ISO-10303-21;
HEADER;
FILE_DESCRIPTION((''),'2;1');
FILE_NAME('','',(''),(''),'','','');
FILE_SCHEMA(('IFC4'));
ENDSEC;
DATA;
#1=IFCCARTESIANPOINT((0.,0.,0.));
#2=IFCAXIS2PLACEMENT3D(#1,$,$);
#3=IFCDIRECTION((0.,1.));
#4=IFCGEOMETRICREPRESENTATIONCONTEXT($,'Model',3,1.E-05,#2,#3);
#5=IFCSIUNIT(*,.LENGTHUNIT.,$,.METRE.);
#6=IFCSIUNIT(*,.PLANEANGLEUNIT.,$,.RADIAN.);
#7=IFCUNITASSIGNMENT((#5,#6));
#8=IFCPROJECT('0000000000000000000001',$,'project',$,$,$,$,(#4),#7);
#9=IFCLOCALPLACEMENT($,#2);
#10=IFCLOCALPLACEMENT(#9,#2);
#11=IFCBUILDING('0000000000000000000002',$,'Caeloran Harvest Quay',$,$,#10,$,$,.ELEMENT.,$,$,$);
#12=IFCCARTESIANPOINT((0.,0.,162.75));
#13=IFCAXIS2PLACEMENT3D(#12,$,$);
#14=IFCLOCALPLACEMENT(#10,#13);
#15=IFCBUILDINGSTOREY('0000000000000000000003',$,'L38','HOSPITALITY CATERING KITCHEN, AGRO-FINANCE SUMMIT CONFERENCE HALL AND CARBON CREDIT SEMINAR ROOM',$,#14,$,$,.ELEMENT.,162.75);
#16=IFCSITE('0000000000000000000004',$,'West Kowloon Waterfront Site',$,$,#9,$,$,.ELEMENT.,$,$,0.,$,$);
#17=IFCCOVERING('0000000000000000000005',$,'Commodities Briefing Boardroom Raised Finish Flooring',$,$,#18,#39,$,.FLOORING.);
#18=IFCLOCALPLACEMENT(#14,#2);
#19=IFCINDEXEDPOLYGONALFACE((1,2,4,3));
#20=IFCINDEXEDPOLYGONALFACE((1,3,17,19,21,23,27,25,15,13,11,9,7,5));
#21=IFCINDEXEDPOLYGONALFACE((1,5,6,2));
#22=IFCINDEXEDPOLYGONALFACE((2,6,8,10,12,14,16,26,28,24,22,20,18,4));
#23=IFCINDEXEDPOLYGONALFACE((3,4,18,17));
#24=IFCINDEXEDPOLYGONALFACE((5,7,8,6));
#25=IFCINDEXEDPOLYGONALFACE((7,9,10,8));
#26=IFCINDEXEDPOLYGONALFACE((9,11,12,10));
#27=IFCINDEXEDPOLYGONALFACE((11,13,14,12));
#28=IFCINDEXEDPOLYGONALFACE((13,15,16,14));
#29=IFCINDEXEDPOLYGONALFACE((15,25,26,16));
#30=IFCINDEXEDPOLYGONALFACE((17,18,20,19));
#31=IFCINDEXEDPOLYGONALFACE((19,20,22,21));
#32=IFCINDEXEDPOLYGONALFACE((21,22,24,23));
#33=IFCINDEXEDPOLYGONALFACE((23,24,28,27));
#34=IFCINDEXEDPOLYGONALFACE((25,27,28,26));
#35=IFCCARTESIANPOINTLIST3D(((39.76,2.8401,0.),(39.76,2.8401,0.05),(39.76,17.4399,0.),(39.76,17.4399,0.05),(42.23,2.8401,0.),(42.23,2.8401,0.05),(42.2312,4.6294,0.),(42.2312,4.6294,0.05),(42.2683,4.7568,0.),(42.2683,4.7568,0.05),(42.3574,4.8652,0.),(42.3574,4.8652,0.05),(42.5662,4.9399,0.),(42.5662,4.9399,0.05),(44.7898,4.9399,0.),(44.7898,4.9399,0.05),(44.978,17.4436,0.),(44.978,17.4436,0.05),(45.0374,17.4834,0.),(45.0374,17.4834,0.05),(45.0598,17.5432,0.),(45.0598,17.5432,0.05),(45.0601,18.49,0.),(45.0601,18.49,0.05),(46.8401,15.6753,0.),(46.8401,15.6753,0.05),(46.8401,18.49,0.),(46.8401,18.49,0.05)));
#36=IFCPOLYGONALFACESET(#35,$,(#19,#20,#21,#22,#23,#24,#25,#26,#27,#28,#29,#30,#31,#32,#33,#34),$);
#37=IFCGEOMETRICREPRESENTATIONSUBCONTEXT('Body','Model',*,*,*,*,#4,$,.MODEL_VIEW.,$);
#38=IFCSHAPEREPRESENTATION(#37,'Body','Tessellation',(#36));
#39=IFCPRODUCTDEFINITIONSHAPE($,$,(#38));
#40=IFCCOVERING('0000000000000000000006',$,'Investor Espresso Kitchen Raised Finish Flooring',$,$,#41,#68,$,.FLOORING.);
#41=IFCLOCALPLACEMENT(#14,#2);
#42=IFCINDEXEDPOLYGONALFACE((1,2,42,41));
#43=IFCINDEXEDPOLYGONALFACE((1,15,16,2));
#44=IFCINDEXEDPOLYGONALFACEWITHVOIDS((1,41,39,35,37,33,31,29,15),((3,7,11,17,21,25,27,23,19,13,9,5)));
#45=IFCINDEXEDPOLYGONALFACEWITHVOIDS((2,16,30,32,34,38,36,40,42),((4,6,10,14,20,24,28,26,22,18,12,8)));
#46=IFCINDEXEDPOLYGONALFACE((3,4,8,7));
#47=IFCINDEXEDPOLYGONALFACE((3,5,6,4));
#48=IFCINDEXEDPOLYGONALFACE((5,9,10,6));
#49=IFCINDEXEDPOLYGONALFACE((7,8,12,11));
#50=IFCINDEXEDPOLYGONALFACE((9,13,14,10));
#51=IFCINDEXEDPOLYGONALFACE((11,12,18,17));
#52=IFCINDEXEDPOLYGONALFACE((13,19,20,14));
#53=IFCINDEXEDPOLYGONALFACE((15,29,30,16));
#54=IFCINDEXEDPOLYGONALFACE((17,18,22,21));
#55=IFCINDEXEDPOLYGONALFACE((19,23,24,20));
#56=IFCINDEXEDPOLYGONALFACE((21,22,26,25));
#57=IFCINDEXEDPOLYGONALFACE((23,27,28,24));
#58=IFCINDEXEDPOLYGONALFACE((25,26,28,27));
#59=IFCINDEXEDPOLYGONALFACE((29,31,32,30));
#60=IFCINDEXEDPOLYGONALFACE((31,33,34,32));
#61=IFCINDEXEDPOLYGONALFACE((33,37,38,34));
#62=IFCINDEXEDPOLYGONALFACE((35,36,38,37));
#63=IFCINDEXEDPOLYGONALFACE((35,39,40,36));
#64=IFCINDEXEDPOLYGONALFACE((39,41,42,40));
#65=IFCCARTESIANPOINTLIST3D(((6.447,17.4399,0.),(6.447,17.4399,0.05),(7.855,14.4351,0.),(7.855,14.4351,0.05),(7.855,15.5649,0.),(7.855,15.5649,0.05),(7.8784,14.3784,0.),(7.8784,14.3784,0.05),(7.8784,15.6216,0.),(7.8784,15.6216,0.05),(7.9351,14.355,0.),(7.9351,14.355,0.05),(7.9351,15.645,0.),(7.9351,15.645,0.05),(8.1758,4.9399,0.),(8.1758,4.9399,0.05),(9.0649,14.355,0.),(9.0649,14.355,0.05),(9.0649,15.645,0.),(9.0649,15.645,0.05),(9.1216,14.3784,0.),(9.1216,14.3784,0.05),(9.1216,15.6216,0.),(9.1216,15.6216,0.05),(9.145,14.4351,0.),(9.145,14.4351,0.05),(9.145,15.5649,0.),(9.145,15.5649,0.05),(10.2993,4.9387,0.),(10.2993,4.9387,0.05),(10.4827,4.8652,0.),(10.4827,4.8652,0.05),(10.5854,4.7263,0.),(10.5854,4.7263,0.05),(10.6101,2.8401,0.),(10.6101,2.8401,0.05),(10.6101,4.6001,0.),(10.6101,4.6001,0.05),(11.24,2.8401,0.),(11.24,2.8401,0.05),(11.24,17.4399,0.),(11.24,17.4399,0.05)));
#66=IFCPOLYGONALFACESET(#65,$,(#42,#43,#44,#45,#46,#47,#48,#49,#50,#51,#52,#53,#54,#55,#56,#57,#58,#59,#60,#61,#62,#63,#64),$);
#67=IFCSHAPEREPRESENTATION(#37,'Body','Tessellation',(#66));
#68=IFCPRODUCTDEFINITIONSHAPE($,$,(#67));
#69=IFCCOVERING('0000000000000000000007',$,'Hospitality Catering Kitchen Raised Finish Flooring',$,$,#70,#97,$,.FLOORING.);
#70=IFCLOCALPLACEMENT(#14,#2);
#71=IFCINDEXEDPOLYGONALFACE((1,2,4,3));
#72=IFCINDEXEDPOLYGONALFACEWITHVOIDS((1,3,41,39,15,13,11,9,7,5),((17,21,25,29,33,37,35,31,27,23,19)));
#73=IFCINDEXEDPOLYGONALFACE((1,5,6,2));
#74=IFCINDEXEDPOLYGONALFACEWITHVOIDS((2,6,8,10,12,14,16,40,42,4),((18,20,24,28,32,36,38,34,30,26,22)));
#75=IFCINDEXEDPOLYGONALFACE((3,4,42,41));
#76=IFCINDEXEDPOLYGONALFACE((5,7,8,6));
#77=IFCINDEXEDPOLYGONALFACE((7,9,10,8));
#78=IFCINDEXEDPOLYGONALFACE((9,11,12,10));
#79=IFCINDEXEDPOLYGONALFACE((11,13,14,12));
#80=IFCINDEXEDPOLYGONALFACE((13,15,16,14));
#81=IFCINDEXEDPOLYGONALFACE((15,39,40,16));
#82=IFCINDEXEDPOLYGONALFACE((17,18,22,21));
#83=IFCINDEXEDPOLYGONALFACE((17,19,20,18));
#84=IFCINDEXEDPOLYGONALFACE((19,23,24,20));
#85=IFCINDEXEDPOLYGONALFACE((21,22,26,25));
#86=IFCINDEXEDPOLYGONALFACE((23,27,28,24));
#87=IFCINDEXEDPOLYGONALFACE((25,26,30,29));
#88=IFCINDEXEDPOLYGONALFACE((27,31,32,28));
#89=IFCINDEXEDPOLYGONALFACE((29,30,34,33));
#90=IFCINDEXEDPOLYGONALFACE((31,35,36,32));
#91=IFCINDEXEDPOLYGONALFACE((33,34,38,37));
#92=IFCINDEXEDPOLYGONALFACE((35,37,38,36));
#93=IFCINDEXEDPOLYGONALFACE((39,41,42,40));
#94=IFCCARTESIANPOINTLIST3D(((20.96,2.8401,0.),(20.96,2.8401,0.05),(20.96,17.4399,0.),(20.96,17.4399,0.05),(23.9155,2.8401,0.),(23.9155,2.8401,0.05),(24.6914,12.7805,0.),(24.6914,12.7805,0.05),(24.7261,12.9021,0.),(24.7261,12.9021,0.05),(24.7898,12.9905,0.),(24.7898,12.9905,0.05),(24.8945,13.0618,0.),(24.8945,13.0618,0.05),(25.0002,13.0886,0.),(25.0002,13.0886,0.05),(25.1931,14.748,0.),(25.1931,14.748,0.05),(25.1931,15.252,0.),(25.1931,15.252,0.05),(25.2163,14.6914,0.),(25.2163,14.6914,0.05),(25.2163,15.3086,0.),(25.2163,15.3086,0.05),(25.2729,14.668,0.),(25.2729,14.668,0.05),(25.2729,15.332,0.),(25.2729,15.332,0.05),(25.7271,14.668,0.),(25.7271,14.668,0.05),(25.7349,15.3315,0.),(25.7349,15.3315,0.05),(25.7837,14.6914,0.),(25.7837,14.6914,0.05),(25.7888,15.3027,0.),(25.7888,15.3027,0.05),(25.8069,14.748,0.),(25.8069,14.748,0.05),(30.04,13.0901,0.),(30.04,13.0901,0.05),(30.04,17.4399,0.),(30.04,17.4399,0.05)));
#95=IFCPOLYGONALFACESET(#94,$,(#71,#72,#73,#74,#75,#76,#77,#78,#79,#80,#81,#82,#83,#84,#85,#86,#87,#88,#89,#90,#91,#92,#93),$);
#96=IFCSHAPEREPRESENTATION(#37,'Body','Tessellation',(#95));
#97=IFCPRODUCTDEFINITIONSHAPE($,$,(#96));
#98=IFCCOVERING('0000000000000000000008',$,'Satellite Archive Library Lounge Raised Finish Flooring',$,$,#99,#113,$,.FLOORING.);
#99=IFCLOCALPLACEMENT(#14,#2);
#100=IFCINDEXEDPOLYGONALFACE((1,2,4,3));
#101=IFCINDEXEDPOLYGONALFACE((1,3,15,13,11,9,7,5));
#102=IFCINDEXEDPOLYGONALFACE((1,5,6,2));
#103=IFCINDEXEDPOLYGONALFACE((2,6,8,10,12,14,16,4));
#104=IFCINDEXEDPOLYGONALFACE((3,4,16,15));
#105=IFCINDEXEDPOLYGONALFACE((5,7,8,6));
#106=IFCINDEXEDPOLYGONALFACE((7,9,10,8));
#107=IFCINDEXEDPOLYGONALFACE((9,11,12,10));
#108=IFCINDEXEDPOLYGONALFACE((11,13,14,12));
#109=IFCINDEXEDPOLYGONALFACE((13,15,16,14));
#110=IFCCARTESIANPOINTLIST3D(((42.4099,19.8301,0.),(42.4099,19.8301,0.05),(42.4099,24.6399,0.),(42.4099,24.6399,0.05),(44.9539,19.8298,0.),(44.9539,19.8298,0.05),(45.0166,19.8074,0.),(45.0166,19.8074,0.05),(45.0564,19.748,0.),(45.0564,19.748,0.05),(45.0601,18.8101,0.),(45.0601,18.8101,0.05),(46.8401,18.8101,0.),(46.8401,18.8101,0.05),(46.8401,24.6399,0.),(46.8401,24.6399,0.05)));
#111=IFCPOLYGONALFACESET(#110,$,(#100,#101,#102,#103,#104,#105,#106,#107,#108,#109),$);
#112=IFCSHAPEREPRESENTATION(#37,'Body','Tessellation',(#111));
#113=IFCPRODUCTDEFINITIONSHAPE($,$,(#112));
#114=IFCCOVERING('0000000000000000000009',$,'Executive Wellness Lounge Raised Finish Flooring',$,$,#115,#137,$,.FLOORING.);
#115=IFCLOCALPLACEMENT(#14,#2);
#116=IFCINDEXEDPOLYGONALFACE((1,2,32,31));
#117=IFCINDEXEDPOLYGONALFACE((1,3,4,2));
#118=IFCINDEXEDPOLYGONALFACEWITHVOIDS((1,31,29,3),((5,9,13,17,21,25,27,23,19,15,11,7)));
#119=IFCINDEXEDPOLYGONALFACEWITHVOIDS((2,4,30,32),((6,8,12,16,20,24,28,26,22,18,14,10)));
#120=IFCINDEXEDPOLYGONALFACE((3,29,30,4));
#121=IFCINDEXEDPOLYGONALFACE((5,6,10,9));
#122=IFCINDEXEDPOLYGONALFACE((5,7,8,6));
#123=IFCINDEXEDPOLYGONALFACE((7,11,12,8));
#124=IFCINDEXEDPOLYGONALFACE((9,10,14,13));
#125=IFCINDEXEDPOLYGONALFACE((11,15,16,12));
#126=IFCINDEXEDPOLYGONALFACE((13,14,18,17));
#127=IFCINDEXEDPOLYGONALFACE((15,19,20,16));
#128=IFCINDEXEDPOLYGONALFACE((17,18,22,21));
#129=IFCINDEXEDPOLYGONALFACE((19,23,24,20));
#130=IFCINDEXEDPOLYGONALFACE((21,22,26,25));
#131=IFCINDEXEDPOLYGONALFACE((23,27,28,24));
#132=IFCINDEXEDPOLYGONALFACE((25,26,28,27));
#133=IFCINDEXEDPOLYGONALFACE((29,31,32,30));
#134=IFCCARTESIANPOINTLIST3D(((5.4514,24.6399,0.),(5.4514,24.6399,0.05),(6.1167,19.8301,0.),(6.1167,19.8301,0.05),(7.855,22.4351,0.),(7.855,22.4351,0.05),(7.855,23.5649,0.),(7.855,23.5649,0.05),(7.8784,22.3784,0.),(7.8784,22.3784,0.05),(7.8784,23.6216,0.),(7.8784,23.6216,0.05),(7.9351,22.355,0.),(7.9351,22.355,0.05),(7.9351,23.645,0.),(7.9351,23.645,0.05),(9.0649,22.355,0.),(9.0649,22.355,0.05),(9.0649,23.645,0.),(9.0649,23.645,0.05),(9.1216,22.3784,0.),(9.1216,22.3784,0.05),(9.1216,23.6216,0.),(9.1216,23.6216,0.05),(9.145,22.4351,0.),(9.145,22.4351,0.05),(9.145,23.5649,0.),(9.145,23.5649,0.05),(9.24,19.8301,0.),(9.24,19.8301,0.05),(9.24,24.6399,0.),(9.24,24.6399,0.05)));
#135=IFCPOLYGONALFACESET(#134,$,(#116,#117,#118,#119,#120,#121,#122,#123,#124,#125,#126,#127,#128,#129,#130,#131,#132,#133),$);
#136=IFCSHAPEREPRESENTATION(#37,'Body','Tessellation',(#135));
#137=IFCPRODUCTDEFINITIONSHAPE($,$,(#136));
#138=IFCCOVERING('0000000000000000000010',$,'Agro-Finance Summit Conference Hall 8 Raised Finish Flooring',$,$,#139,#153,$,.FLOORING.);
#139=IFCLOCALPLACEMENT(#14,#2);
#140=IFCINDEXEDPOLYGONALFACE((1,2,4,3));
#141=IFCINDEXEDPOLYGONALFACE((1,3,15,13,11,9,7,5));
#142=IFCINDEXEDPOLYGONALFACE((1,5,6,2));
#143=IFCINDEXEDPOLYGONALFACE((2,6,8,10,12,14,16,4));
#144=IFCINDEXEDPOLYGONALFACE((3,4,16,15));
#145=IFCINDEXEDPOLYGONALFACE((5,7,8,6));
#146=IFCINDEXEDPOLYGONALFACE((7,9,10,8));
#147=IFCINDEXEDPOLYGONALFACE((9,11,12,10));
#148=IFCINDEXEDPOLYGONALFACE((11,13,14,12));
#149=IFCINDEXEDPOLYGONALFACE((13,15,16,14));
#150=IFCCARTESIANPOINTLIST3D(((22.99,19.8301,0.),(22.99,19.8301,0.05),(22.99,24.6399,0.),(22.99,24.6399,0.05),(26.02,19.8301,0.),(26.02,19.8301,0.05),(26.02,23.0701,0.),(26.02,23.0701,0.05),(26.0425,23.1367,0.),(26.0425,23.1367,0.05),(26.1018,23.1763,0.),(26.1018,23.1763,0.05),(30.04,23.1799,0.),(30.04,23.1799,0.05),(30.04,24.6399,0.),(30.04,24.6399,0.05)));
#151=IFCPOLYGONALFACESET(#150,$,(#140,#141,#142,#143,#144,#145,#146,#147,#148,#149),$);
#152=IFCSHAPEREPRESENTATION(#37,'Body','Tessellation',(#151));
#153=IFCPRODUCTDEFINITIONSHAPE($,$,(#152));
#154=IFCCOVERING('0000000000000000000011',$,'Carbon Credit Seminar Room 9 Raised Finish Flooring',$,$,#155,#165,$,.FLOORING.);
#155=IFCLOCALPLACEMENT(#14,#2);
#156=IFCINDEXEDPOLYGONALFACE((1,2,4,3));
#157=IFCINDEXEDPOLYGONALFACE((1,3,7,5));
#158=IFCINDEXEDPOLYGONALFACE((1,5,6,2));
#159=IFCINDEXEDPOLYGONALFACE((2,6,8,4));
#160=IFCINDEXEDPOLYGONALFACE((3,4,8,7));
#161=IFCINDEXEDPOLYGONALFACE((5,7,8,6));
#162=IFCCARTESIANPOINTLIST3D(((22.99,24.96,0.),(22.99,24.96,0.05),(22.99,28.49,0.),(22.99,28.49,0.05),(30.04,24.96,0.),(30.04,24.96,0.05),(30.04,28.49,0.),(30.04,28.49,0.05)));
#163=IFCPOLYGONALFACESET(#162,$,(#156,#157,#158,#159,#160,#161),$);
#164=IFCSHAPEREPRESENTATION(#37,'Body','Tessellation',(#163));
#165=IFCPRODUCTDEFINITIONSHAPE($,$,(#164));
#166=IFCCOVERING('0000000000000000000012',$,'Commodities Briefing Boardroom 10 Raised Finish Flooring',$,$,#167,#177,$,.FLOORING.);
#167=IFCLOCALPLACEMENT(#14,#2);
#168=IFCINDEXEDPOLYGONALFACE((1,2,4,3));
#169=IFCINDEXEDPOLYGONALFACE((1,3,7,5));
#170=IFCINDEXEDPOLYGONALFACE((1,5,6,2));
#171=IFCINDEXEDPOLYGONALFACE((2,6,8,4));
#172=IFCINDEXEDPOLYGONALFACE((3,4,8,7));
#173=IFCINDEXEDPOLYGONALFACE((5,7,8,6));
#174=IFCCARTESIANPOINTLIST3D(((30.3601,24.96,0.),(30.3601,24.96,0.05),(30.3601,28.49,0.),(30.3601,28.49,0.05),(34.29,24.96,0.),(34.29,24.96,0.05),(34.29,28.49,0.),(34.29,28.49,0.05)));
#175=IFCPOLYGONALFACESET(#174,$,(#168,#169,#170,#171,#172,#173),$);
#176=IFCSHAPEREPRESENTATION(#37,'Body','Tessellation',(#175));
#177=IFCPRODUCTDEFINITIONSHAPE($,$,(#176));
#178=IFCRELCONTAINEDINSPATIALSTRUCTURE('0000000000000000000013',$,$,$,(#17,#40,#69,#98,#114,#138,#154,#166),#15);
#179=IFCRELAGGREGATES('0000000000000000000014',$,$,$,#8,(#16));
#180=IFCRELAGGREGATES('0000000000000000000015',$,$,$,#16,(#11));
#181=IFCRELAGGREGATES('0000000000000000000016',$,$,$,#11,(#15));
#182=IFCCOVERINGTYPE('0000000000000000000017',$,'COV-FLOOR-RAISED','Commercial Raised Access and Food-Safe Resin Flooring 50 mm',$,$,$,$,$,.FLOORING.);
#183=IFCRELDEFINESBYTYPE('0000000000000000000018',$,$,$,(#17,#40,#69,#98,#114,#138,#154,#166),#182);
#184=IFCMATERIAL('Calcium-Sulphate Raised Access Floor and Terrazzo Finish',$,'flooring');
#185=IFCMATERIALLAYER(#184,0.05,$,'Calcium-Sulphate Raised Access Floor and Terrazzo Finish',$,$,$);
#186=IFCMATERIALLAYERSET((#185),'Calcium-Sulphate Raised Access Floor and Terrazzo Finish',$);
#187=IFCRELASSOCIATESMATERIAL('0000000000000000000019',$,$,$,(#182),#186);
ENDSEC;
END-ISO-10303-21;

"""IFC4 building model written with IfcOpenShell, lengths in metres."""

from ifc_helpers import new_model, si_unit, direction, frame, origin, place, context, subcontext, project, spatial, polyline, outline, extrude, material, layer, layer_set, type_object, element, save


model = new_model("IFC4")

# Units and contexts
model_context = context("Model", 3, precision=1e-05, world=origin(), true_north=direction((0.0, 1.0)))
body_context = subcontext(model_context, "Body", "Model", "MODEL_VIEW")
ifc_project = project(units=[si_unit("LENGTHUNIT", "METRE"), si_unit("PLANEANGLEUNIT", "RADIAN")], contexts=[model_context])

# Site, building, storey
site_placement = place(None, origin())
site = spatial("IfcSite", under=ifc_project, at=site_placement, Name="West Kowloon Waterfront Site", CompositionType="ELEMENT", RefElevation=0.0)
building_placement = place(site_placement, origin())
building = spatial("IfcBuilding", under=site, at=building_placement, Name="Caeloran Harvest Quay", CompositionType="ELEMENT")
storey_placement = place(building_placement, frame((0.0, 0.0, 162.75)))
storey = spatial("IfcBuildingStorey", under=building, at=storey_placement, Name="L38", Description="HOSPITALITY CATERING KITCHEN, AGRO-FINANCE SUMMIT CONFERENCE HALL AND CARBON CREDIT SEMINAR ROOM", CompositionType="ELEMENT", Elevation=162.75)

# Coverings
ifc_material_1 = material(Name="Calcium-Sulphate Raised Access Floor and Terrazzo Finish", Category="flooring")
ifc_layer_1 = layer(ifc_material_1, 0.05, Name="Calcium-Sulphate Raised Access Floor and Terrazzo Finish")
ifc_layer_set_1 = layer_set([ifc_layer_1], Name="Calcium-Sulphate Raised Access Floor and Terrazzo Finish")
covering_type_1 = type_object("IfcCoveringType", Name="COV-FLOOR-RAISED", Description="Commercial Raised Access and Food-Safe Resin Flooring 50 mm", PredefinedType="FLOORING", material=ifc_layer_set_1)
covering_1_placement = place(storey_placement, origin())
element("IfcCovering", 1, at=covering_1_placement, inside=storey, type_object=covering_type_1, Name="Commodities Briefing Boardroom Raised Finish Flooring", PredefinedType="FLOORING", context=body_context, shape_type="SweptSolid", body=[
    extrude(outline(polyline([(44.978, 17.4436), (45.0374, 17.4834), (45.0598, 17.5432), (45.0601, 18.49), (46.8401, 18.49), (46.8401, 15.6753), (44.7898, 4.9399), (42.5662, 4.9399), (42.3574, 4.8652), (42.2683, 4.7568), (42.2312, 4.6294), (42.23, 2.8401), (39.76, 2.8401), (39.76, 17.4399), (44.978, 17.4436)])), origin(), (0.0, 0.0, 1.0), 0.05),
])
covering_2_placement = place(storey_placement, origin())
element("IfcCovering", 2, at=covering_2_placement, inside=storey, type_object=covering_type_1, Name="Investor Espresso Kitchen Raised Finish Flooring", PredefinedType="FLOORING", context=body_context, shape_type="SweptSolid", body=[
    extrude(outline(polyline([(10.5854, 4.7263), (10.4827, 4.8652), (10.2993, 4.9387), (8.1758, 4.9399), (6.447, 17.4399), (11.24, 17.4399), (11.24, 2.8401), (10.6101, 2.8401), (10.6101, 4.6001), (10.5854, 4.7263)]), holes=[polyline([(7.9351, 15.645), (7.8784, 15.6216), (7.855, 15.5649), (7.855, 14.4351), (7.8784, 14.3784), (7.9351, 14.355), (9.0649, 14.355), (9.1216, 14.3784), (9.145, 14.4351), (9.145, 15.5649), (9.1216, 15.6216), (9.0649, 15.645), (7.9351, 15.645)])]), origin(), (0.0, 0.0, 1.0), 0.05),
])
covering_3_placement = place(storey_placement, origin())
element("IfcCovering", 3, at=covering_3_placement, inside=storey, type_object=covering_type_1, Name="Hospitality Catering Kitchen Raised Finish Flooring", PredefinedType="FLOORING", context=body_context, shape_type="SweptSolid", body=[
    extrude(outline(polyline([(25.0002, 13.0886), (24.8945, 13.0618), (24.7898, 12.9905), (24.7261, 12.9021), (24.6914, 12.7805), (23.9155, 2.8401), (20.96, 2.8401), (20.96, 17.4399), (30.04, 17.4399), (30.04, 13.0901), (25.0002, 13.0886)]), holes=[polyline([(25.8069, 14.748), (25.7888, 15.3027), (25.7349, 15.3315), (25.2729, 15.332), (25.2163, 15.3086), (25.1931, 15.252), (25.1931, 14.748), (25.2163, 14.6914), (25.2729, 14.668), (25.7271, 14.668), (25.7837, 14.6914), (25.8069, 14.748)])]), origin(), (0.0, 0.0, 1.0), 0.05),
])
covering_4_placement = place(storey_placement, origin())
element("IfcCovering", 4, at=covering_4_placement, inside=storey, type_object=covering_type_1, Name="Satellite Archive Library Lounge Raised Finish Flooring", PredefinedType="FLOORING", context=body_context, shape_type="SweptSolid", body=[
    extrude(outline(polyline([(45.0564, 19.748), (45.0166, 19.8074), (44.9539, 19.8298), (42.4099, 19.8301), (42.4099, 24.6399), (46.8401, 24.6399), (46.8401, 18.8101), (45.0601, 18.8101), (45.0564, 19.748)])), origin(), (0.0, 0.0, 1.0), 0.05),
])
covering_5_placement = place(storey_placement, origin())
element("IfcCovering", 5, at=covering_5_placement, inside=storey, type_object=covering_type_1, Name="Executive Wellness Lounge Raised Finish Flooring", PredefinedType="FLOORING", context=body_context, shape_type="SweptSolid", body=[
    extrude(outline(polyline([(9.24, 24.6399), (9.24, 19.8301), (6.1167, 19.8301), (5.4514, 24.6399), (9.24, 24.6399)]), holes=[polyline([(9.145, 23.5649), (9.1216, 23.6216), (9.0649, 23.645), (7.9351, 23.645), (7.8784, 23.6216), (7.855, 23.5649), (7.855, 22.4351), (7.8784, 22.3784), (7.9351, 22.355), (9.0649, 22.355), (9.1216, 22.3784), (9.145, 22.4351), (9.145, 23.5649)])]), origin(), (0.0, 0.0, 1.0), 0.05),
])
covering_6_placement = place(storey_placement, origin())
element("IfcCovering", 6, at=covering_6_placement, inside=storey, type_object=covering_type_1, Name="Agro-Finance Summit Conference Hall 8 Raised Finish Flooring", PredefinedType="FLOORING", context=body_context, shape_type="SweptSolid", body=[
    extrude(outline(polyline([(26.1018, 23.1763), (26.0425, 23.1367), (26.02, 23.0701), (26.02, 19.8301), (22.99, 19.8301), (22.99, 24.6399), (30.04, 24.6399), (30.04, 23.1799), (26.1018, 23.1763)])), origin(), (0.0, 0.0, 1.0), 0.05),
])
covering_7_placement = place(storey_placement, origin())
element("IfcCovering", 7, at=covering_7_placement, inside=storey, type_object=covering_type_1, Name="Carbon Credit Seminar Room 9 Raised Finish Flooring", PredefinedType="FLOORING", context=body_context, shape_type="SweptSolid", body=[
    extrude(outline(polyline([(22.99, 28.49), (30.04, 28.49), (30.04, 24.96), (22.99, 24.96), (22.99, 28.49)])), origin(), (0.0, 0.0, 1.0), 0.05),
])
covering_8_placement = place(storey_placement, origin())
element("IfcCovering", 8, at=covering_8_placement, inside=storey, type_object=covering_type_1, Name="Commodities Briefing Boardroom 10 Raised Finish Flooring", PredefinedType="FLOORING", context=body_context, shape_type="SweptSolid", body=[
    extrude(outline(polyline([(30.3601, 28.49), (34.29, 28.49), (34.29, 24.96), (30.3601, 24.96), (30.3601, 28.49)])), origin(), (0.0, 0.0, 1.0), 0.05),
])

save(model, "model.ifc")
